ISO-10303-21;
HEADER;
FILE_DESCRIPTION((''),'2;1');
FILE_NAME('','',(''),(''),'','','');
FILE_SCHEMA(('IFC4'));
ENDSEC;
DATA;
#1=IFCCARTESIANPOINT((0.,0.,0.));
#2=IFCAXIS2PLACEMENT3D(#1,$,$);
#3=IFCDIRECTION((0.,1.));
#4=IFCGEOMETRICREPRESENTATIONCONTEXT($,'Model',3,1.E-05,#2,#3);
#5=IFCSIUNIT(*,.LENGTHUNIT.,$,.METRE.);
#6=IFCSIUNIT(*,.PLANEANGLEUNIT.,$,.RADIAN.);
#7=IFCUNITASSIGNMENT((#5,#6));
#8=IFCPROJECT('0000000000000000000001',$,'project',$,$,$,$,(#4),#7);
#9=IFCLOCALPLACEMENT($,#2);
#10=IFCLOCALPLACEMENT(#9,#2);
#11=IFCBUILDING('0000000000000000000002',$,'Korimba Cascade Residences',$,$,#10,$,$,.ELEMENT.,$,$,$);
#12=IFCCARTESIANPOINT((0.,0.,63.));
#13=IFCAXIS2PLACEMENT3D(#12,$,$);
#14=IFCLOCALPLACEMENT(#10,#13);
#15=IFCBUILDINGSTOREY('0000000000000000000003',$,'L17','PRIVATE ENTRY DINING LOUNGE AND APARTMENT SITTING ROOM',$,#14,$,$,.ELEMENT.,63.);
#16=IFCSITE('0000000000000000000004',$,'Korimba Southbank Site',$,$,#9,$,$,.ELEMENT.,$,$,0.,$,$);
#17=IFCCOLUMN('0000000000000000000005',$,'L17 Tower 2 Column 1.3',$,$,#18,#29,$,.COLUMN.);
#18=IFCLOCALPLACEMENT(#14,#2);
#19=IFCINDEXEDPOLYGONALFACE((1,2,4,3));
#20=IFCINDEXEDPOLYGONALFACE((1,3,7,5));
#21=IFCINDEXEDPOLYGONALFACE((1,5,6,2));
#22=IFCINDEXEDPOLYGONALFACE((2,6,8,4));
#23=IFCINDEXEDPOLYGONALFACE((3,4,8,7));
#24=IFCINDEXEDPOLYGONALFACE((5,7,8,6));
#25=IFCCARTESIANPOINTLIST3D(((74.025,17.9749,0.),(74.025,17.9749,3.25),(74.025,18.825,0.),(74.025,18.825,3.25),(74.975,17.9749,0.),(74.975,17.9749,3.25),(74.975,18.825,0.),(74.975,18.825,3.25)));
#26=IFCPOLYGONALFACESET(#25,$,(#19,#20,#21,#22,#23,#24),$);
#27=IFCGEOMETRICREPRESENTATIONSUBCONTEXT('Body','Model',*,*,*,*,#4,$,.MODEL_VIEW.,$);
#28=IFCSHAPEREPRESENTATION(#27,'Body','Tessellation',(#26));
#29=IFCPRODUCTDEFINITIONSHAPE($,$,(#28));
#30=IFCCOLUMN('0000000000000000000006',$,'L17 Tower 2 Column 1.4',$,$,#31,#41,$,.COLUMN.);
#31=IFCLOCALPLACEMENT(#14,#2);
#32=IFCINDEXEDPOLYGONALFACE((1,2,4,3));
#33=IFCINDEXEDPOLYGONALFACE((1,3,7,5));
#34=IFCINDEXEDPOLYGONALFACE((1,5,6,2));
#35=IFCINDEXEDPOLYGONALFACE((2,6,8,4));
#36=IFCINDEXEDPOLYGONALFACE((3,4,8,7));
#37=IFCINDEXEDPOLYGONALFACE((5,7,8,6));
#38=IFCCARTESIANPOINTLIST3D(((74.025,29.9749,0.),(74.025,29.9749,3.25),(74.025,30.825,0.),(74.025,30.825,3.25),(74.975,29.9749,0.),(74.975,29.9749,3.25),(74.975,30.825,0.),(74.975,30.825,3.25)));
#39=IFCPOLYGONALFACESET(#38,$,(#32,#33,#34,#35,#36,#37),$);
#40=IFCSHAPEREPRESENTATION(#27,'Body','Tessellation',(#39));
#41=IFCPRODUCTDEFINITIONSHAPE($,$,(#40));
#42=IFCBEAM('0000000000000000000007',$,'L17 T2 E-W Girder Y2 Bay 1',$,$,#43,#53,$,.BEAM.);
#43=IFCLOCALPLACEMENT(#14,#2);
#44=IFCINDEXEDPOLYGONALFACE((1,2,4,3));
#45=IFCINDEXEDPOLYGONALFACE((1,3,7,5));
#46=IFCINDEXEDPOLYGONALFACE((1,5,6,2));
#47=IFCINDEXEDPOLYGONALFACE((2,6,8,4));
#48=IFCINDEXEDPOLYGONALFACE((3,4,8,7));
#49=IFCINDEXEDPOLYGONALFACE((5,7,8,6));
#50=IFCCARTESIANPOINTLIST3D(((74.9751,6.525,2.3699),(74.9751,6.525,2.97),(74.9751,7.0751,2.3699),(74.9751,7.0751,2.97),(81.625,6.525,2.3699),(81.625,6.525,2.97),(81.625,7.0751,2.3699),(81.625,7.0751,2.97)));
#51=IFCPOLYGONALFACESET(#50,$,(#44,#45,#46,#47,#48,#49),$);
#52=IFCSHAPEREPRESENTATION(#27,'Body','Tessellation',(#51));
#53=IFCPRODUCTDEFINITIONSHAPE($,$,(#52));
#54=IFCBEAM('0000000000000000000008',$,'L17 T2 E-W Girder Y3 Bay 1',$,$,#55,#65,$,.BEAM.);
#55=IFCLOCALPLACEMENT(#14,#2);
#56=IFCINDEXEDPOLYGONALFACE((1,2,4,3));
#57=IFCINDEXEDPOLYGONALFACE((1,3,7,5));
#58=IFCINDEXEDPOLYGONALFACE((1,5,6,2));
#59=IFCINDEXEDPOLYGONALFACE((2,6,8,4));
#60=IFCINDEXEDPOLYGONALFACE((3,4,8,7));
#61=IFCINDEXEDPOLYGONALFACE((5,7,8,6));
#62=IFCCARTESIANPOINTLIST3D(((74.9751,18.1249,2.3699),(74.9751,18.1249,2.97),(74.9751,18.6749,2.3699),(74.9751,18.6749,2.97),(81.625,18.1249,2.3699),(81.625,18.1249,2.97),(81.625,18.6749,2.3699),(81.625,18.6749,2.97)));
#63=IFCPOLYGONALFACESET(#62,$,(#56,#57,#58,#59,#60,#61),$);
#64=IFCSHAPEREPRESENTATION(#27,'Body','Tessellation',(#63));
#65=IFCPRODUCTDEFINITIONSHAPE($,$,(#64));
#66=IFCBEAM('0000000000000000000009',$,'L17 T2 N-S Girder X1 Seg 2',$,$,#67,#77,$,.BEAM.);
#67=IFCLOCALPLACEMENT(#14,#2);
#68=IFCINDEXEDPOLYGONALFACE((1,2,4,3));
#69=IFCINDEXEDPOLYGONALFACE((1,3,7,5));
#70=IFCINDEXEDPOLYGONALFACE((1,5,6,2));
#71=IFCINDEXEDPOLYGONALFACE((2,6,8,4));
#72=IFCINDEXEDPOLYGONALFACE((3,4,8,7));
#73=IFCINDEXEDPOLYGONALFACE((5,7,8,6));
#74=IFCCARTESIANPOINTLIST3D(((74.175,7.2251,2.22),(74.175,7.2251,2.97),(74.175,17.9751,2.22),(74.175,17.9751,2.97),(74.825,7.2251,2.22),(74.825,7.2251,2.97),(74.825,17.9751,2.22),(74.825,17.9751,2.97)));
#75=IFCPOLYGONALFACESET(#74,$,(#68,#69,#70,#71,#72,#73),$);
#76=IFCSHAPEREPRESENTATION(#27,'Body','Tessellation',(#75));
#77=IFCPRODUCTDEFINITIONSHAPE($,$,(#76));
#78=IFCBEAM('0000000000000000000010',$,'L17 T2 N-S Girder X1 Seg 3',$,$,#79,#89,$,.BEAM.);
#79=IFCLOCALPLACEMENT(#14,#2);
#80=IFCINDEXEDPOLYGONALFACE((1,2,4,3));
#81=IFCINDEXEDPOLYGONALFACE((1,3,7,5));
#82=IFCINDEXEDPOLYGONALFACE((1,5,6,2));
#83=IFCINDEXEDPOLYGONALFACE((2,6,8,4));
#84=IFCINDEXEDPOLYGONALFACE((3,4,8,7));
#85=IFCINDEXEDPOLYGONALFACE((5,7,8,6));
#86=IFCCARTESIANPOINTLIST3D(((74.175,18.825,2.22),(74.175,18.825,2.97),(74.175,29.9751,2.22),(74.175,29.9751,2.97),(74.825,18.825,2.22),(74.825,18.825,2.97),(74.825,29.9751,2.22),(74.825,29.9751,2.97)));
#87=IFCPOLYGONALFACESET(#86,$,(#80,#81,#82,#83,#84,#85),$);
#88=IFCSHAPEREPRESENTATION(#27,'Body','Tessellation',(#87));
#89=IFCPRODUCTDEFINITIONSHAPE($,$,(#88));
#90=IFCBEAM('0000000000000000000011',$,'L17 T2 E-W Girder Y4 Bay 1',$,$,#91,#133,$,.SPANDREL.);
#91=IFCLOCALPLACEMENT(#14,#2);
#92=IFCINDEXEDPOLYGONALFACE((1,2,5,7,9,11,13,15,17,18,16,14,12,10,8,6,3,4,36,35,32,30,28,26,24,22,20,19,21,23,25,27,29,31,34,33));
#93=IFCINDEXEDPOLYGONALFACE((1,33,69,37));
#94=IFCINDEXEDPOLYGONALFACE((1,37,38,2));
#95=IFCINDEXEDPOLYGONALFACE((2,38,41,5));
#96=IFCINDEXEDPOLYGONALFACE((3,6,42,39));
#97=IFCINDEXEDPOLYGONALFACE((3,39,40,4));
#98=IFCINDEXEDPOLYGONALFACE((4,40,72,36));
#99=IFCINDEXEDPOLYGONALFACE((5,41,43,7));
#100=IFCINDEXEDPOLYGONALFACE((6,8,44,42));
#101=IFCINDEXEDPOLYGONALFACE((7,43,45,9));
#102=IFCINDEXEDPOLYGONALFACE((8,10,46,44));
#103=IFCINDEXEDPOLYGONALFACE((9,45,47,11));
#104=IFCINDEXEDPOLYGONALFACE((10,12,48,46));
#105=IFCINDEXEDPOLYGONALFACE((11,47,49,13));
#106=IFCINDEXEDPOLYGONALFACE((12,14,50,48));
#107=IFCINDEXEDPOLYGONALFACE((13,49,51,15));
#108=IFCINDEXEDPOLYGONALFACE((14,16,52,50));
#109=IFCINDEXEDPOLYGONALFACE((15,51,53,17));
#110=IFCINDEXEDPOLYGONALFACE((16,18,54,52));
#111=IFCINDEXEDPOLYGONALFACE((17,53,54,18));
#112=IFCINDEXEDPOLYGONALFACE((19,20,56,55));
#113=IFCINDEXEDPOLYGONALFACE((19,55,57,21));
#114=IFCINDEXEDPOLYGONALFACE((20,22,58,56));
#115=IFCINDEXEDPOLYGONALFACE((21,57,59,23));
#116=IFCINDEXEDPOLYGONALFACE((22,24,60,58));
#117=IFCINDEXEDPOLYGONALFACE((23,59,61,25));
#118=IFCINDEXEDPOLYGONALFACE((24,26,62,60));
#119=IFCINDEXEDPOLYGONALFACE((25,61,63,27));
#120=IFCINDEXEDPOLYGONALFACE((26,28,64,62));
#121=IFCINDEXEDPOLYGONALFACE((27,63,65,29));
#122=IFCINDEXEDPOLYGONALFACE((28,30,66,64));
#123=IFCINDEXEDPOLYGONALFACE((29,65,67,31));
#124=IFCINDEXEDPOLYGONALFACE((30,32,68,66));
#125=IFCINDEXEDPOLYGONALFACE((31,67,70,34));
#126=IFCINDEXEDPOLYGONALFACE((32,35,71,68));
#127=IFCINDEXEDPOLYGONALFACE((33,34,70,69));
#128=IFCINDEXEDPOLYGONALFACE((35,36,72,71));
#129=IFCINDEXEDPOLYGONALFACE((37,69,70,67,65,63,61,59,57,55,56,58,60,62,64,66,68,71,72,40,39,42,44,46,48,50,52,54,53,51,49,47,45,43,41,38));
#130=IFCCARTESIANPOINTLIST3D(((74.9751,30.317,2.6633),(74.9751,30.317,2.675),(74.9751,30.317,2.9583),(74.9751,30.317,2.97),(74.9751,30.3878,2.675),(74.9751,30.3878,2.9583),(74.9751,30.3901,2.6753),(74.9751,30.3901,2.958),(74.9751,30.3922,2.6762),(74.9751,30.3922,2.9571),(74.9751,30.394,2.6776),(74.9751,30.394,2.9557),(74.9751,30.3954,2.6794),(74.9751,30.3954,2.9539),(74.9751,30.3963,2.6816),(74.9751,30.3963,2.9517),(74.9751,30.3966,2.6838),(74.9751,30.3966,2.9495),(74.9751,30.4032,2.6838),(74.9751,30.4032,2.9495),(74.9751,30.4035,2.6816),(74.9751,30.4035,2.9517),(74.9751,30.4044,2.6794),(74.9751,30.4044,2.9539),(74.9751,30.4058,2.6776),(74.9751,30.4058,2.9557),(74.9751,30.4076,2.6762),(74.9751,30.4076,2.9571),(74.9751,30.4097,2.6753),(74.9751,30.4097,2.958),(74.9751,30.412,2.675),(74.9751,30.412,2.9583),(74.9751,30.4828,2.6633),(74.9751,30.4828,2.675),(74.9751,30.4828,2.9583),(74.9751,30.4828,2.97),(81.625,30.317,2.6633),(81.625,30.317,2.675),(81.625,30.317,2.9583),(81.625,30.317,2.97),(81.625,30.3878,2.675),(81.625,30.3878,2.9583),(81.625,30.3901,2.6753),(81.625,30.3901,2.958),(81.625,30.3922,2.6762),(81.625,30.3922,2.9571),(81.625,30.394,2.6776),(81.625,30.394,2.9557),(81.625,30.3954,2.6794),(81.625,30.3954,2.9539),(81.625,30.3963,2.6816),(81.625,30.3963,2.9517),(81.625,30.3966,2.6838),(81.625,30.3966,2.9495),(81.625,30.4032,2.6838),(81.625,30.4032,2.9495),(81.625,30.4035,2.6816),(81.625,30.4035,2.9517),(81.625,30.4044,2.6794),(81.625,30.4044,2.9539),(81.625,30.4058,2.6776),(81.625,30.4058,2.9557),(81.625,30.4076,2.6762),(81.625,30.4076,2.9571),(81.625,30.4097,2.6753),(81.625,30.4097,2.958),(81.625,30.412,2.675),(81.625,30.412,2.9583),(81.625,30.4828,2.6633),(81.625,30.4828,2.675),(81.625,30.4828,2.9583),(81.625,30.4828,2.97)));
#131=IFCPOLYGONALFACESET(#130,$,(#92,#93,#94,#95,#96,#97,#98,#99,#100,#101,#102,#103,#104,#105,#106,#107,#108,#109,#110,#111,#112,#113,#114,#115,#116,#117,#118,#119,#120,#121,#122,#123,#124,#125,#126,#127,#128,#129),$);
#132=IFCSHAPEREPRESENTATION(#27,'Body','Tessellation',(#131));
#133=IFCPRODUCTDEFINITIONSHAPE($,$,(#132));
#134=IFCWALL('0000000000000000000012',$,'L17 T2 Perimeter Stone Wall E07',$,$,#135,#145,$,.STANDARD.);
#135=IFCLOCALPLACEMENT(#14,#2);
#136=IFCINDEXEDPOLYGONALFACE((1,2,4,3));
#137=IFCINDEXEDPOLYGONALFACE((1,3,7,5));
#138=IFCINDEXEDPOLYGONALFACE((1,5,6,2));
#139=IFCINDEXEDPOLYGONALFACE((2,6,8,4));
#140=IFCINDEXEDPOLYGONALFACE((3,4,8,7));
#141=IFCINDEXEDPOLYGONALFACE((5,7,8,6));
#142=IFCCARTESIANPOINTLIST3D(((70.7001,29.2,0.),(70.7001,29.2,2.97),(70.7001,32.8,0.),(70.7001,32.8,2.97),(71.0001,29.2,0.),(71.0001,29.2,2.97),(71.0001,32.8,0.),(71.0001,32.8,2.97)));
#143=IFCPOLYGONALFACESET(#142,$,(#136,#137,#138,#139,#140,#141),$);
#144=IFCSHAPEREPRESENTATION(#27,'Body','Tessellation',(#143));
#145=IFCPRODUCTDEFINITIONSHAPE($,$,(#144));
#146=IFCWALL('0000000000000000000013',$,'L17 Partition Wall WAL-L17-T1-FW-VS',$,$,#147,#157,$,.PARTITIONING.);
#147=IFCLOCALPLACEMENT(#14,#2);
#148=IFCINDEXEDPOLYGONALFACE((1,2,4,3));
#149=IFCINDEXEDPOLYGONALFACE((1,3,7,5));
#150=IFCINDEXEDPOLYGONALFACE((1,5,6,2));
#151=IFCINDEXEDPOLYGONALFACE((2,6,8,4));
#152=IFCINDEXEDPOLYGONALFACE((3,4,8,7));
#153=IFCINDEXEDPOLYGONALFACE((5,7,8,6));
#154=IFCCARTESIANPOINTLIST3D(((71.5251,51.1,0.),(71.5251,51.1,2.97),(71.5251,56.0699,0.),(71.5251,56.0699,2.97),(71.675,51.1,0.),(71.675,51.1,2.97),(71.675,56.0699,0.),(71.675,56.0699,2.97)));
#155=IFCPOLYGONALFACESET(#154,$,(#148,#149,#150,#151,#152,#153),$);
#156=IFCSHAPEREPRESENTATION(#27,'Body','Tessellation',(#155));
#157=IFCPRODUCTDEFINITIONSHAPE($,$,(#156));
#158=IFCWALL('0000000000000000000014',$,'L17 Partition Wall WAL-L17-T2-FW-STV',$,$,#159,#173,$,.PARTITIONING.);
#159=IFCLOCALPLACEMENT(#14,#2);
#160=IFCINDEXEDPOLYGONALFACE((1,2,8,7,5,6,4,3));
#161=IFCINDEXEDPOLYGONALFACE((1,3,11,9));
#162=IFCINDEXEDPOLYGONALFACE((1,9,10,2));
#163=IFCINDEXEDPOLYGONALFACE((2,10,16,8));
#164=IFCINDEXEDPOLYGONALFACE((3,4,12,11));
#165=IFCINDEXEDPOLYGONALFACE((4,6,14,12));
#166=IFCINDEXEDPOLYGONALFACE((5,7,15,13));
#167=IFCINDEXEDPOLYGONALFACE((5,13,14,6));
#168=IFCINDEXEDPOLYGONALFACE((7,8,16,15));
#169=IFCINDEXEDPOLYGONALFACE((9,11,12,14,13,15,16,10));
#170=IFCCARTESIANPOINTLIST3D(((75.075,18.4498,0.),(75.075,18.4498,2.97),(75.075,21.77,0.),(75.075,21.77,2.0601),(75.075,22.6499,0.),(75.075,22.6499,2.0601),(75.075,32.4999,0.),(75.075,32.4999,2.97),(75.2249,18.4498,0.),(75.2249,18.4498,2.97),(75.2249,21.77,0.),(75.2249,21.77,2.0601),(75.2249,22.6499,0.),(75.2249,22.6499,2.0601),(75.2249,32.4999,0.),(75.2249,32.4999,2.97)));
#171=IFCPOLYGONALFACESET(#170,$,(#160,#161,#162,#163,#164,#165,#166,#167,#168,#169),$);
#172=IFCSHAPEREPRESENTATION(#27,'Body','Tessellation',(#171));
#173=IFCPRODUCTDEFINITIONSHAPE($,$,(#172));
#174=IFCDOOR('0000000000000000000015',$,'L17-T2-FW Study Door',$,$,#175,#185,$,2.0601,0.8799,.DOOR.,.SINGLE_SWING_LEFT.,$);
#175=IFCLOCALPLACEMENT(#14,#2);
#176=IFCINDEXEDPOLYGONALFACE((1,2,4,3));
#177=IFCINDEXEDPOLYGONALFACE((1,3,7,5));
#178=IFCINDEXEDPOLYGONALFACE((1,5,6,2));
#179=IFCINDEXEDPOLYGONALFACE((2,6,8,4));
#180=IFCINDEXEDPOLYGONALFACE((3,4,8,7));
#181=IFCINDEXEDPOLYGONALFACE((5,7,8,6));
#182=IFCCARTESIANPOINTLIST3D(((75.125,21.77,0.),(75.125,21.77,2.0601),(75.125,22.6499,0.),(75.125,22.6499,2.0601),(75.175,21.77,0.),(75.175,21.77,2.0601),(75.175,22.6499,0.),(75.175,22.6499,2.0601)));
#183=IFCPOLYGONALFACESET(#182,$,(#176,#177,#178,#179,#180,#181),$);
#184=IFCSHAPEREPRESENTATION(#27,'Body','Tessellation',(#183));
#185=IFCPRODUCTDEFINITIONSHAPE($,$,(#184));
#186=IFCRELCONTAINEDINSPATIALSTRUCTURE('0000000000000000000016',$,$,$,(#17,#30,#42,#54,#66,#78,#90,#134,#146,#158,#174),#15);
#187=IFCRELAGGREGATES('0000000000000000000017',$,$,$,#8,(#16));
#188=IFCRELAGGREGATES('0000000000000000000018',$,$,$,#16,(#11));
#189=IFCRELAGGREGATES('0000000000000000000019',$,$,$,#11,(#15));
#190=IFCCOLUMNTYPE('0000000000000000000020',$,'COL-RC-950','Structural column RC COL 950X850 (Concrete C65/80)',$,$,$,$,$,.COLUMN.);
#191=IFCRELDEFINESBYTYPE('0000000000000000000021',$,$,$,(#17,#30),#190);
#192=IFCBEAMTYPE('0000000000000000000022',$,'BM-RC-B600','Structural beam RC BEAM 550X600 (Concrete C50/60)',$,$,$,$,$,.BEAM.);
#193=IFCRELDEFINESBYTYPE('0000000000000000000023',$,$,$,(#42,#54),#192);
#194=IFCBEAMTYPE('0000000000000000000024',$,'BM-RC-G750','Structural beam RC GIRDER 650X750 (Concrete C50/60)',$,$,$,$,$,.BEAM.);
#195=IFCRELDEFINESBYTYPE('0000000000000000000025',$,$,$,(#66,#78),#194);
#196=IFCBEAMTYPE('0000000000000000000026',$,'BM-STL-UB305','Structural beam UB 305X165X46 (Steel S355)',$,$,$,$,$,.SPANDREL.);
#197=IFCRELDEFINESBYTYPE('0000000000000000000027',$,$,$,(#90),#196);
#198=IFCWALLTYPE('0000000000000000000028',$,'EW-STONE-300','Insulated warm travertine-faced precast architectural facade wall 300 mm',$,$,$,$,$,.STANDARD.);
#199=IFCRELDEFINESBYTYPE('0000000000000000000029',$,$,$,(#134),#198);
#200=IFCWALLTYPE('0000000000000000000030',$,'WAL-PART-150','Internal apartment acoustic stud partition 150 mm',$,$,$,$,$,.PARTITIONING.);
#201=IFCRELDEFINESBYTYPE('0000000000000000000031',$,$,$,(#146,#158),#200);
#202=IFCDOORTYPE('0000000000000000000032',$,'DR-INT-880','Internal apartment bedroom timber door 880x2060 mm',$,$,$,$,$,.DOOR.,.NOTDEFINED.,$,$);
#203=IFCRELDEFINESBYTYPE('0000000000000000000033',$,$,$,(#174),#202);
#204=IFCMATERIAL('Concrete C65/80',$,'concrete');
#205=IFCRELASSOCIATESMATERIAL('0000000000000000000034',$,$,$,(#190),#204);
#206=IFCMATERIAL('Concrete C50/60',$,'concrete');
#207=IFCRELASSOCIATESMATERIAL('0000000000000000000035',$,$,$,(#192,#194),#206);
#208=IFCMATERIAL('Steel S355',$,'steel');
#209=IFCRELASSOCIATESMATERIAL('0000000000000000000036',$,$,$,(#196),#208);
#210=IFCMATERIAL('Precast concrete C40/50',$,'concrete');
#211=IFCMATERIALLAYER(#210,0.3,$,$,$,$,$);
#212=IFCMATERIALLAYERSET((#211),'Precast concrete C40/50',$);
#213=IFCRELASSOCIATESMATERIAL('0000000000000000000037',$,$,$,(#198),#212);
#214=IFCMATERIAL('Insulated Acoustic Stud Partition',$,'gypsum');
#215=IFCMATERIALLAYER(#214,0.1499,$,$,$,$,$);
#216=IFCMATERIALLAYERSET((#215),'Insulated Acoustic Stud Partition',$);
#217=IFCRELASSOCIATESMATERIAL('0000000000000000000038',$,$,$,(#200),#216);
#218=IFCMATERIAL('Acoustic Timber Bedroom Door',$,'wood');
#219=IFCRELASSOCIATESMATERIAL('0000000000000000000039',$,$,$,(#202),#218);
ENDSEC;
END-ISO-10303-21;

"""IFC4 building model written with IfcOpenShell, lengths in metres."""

from ifc_helpers import new_model, si_unit, direction, frame, frame_2d, origin, origin_2d, place, context, subcontext, project, spatial, rectangle, i_section, extrude, material, layer, layer_set, material_profile, profile_set, type_object, element, fill, save


model = new_model("IFC4")

# Units and contexts
model_context = context("Model", 3, precision=1e-05, world=origin(), true_north=direction((0.0, 1.0)))
body_context = subcontext(model_context, "Body", "Model", "MODEL_VIEW")
ifc_project = project(units=[si_unit("LENGTHUNIT", "METRE"), si_unit("PLANEANGLEUNIT", "RADIAN")], contexts=[model_context])

# Site, building, storey
site_placement = place(None, origin())
site = spatial("IfcSite", under=ifc_project, at=site_placement, Name="Korimba Southbank Site", CompositionType="ELEMENT", RefElevation=0.0)
building_placement = place(site_placement, origin())
building = spatial("IfcBuilding", under=site, at=building_placement, Name="Korimba Cascade Residences", CompositionType="ELEMENT")
storey_placement = place(building_placement, frame((0.0, 0.0, 63.0)))
storey = spatial("IfcBuildingStorey", under=building, at=storey_placement, Name="L17", Description="PRIVATE ENTRY DINING LOUNGE AND APARTMENT SITTING ROOM", CompositionType="ELEMENT", Elevation=63.0)

# Columns
ifc_material_1 = material(Name="Concrete C65/80", Category="concrete")
ifc_material_profile_1 = material_profile(ifc_material_1, rectangle(XDim=0.95, YDim=0.8501, at=origin_2d()), Name="Concrete C65/80")
ifc_profile_set_1 = profile_set([ifc_material_profile_1], Name="Concrete C65/80")
column_type = type_object("IfcColumnType", Name="COL-RC-950", Description="Structural column RC COL 950X850 (Concrete C65/80)", PredefinedType="COLUMN", material=ifc_profile_set_1)
for number, where, z_axis, x_axis, name in (
    (1, (74.5, 18.3999, 0.0), (0.0, 0.0, 1.0), (1.0, 0.0, 0.0), "L17 Tower 2 Column 1.3"),
    (2, (74.5, 30.3999, 0.0), (0.0, 0.0, 1.0), (1.0, 0.0, 0.0), "L17 Tower 2 Column 1.4"),
):
    element("IfcColumn", number, at=place(storey_placement, frame(where, z_axis=z_axis, x_axis=x_axis)), inside=storey, type_object=column_type, Name=name, PredefinedType="COLUMN", context=body_context, shape_type="SweptSolid", body=[
        extrude(rectangle(XDim=0.95, YDim=0.8501, at=origin_2d()), origin(), (0.0, 0.0, 1.0), 3.25),
    ])

# Beams
ifc_material_2 = material(Name="Concrete C50/60", Category="concrete")
ifc_material_profile_2 = material_profile(ifc_material_2, rectangle(XDim=0.55, YDim=0.6001, at=origin_2d()), Name="Concrete C50/60")
ifc_profile_set_2 = profile_set([ifc_material_profile_2], Name="Concrete C50/60")
beam_type_1 = type_object("IfcBeamType", Name="BM-RC-B600", Description="Structural beam RC BEAM 550X600 (Concrete C50/60)", PredefinedType="BEAM", material=ifc_profile_set_2)
for number, where, z_axis, x_axis, name in (
    (3, (74.9751, 6.8, 2.6699), (1.0, 0.0, 0.0), (0.0, 1.0, 0.0), "L17 T2 E-W Girder Y2 Bay 1"),
    (4, (74.9751, 18.3999, 2.6699), (1.0, 0.0, 0.0), (0.0, 1.0, 0.0), "L17 T2 E-W Girder Y3 Bay 1"),
):
    element("IfcBeam", number, at=place(storey_placement, frame(where, z_axis=z_axis, x_axis=x_axis)), inside=storey, type_object=beam_type_1, Name=name, PredefinedType="BEAM", context=body_context, shape_type="SweptSolid", body=[
        extrude(rectangle(XDim=0.55, YDim=0.6001, at=origin_2d()), origin(), (0.0, 0.0, 1.0), 6.6499),
    ])
ifc_material_profile_3 = material_profile(ifc_material_2, rectangle(XDim=0.6499, YDim=0.75, at=origin_2d()), Name="Concrete C50/60")
ifc_profile_set_3 = profile_set([ifc_material_profile_3], Name="Concrete C50/60")
beam_type_2 = type_object("IfcBeamType", Name="BM-RC-G750", Description="Structural beam RC GIRDER 650X750 (Concrete C50/60)", PredefinedType="BEAM", material=ifc_profile_set_3)
beam_1_placement = place(storey_placement, frame((74.5, 7.2251, 2.595), z_axis=(0.0, 1.0, 0.0), x_axis=(-1.0, 0.0, 0.0)))
element("IfcBeam", 5, at=beam_1_placement, inside=storey, type_object=beam_type_2, Name="L17 T2 N-S Girder X1 Seg 2", PredefinedType="BEAM", context=body_context, shape_type="SweptSolid", body=[
    extrude(rectangle(XDim=0.6499, YDim=0.75, at=origin_2d()), origin(), (0.0, 0.0, 1.0), 10.75),
])
beam_2_placement = place(storey_placement, frame((74.5, 18.825, 2.595), z_axis=(0.0, 1.0, 0.0), x_axis=(-1.0, 0.0, 0.0)))
element("IfcBeam", 6, at=beam_2_placement, inside=storey, type_object=beam_type_2, Name="L17 T2 N-S Girder X1 Seg 3", PredefinedType="BEAM", context=body_context, shape_type="SweptSolid", body=[
    extrude(rectangle(XDim=0.6499, YDim=0.75, at=origin_2d()), origin(), (0.0, 0.0, 1.0), 11.1501),
])
ifc_material_3 = material(Name="Steel S355", Category="steel")
ifc_material_profile_4 = material_profile(ifc_material_3, i_section(OverallWidth=0.1658, OverallDepth=0.3066, WebThickness=0.0066, FlangeThickness=0.0117, FilletRadius=0.0088, at=origin_2d()), Name="Steel S355")
ifc_profile_set_4 = profile_set([ifc_material_profile_4], Name="Steel S355")
beam_type_3 = type_object("IfcBeamType", Name="BM-STL-UB305", Description="Structural beam UB 305X165X46 (Steel S355)", PredefinedType="SPANDREL", material=ifc_profile_set_4)
beam_3_placement = place(storey_placement, frame((74.9751, 30.3999, 2.8167), z_axis=(1.0, 0.0, 0.0), x_axis=(0.0, 1.0, 0.0)))
element("IfcBeam", 7, at=beam_3_placement, inside=storey, type_object=beam_type_3, Name="L17 T2 E-W Girder Y4 Bay 1", PredefinedType="SPANDREL", context=body_context, shape_type="SweptSolid", body=[
    extrude(i_section(OverallWidth=0.1658, OverallDepth=0.3066, WebThickness=0.0066, FlangeThickness=0.0117, FilletRadius=0.0088, at=origin_2d()), origin(), (0.0, 0.0, 1.0), 6.6499),
])

# Walls
ifc_material_4 = material(Name="Precast concrete C40/50", Category="concrete")
ifc_layer_1 = layer(ifc_material_4, 0.3)
ifc_layer_set_1 = layer_set([ifc_layer_1], Name="Precast concrete C40/50")
wall_type_1 = type_object("IfcWallType", Name="EW-STONE-300", Description="Insulated warm travertine-faced precast architectural facade wall 300 mm", PredefinedType="STANDARD", material=ifc_layer_set_1)
wall_1_placement = place(storey_placement, frame((70.8501, 32.8, 0.0), z_axis=(0.0, 0.0, 1.0), x_axis=(0.0, -1.0, 0.0)))
element("IfcWall", 8, at=wall_1_placement, inside=storey, type_object=wall_type_1, Name="L17 T2 Perimeter Stone Wall E07", PredefinedType="STANDARD", context=body_context, shape_type="SweptSolid", body=[
    extrude(rectangle(XDim=3.6001, YDim=0.3, at=frame_2d((1.8, 0.0))), origin(), (0.0, 0.0, 1.0), 2.97),
])
ifc_material_5 = material(Name="Insulated Acoustic Stud Partition", Category="gypsum")
ifc_layer_2 = layer(ifc_material_5, 0.1499)
ifc_layer_set_2 = layer_set([ifc_layer_2], Name="Insulated Acoustic Stud Partition")
wall_type_2 = type_object("IfcWallType", Name="WAL-PART-150", Description="Internal apartment acoustic stud partition 150 mm", PredefinedType="PARTITIONING", material=ifc_layer_set_2)
wall_2_placement = place(storey_placement, frame((71.6001, 51.1001, 0.0), z_axis=(0.0, 0.0, 1.0), x_axis=(0.0, 1.0, 0.0)))
element("IfcWall", 9, at=wall_2_placement, inside=storey, type_object=wall_type_2, Name="L17 Partition Wall WAL-L17-T1-FW-VS", PredefinedType="PARTITIONING", context=body_context, shape_type="SweptSolid", body=[
    extrude(rectangle(XDim=4.97, YDim=0.1499, at=frame_2d((2.4849, 0.0))), origin(), (0.0, 0.0, 1.0), 2.97),
])

# Wall, opening, door
wall_3_placement = place(storey_placement, frame((75.1499, 18.45, 0.0), z_axis=(0.0, 0.0, 1.0), x_axis=(0.0, 1.0, 0.0)))
wall_3 = element("IfcWall", 10, at=wall_3_placement, inside=storey, type_object=wall_type_2, Name="L17 Partition Wall WAL-L17-T2-FW-STV", PredefinedType="PARTITIONING", context=body_context, shape_type="SweptSolid", body=[
    extrude(rectangle(XDim=14.05, YDim=0.1499, at=frame_2d((7.0249, 0.0))), origin(), (0.0, 0.0, 1.0), 2.97),
])
opening_1_placement = place(wall_3_placement, frame((3.3201, 0.0, 0.0)))
opening_1 = element("IfcOpeningElement", 11, at=opening_1_placement, cuts=wall_3, PredefinedType="OPENING", context=body_context, shape_type="SweptSolid", body=[
    extrude(rectangle(XDim=0.8799, YDim=2.0601, at=frame_2d((0.4399, 1.03))), frame((0.0, 0.085, 0.0), z_axis=(0.0, -1.0, 0.0), x_axis=(1.0, 0.0, 0.0)), (0.0, 0.0, 1.0), 0.1699),
])
ifc_material_6 = material(Name="Acoustic Timber Bedroom Door", Category="wood")
door_type_1 = type_object("IfcDoorType", Name="DR-INT-880", Description="Internal apartment bedroom timber door 880x2060 mm", OperationType="NOTDEFINED", PredefinedType="DOOR", material=ifc_material_6)
door_1_placement = place(opening_1_placement, origin())
door_1 = element("IfcDoor", 12, at=door_1_placement, inside=storey, type_object=door_type_1, Name="L17-T2-FW Study Door", OperationType="SINGLE_SWING_LEFT", OverallHeight=2.0601, OverallWidth=0.8799, PredefinedType="DOOR", context=body_context, shape_type="SweptSolid", body=[
    extrude(rectangle(XDim=0.8799, YDim=2.0601, at=frame_2d((0.4399, 1.03))), frame((0.0, 0.0249, 0.0), z_axis=(0.0, -1.0, 0.0), x_axis=(1.0, 0.0, 0.0)), (0.0, 0.0, 1.0), 0.05),
])
fill(opening_1, door_1)

save(model, "model.ifc")
